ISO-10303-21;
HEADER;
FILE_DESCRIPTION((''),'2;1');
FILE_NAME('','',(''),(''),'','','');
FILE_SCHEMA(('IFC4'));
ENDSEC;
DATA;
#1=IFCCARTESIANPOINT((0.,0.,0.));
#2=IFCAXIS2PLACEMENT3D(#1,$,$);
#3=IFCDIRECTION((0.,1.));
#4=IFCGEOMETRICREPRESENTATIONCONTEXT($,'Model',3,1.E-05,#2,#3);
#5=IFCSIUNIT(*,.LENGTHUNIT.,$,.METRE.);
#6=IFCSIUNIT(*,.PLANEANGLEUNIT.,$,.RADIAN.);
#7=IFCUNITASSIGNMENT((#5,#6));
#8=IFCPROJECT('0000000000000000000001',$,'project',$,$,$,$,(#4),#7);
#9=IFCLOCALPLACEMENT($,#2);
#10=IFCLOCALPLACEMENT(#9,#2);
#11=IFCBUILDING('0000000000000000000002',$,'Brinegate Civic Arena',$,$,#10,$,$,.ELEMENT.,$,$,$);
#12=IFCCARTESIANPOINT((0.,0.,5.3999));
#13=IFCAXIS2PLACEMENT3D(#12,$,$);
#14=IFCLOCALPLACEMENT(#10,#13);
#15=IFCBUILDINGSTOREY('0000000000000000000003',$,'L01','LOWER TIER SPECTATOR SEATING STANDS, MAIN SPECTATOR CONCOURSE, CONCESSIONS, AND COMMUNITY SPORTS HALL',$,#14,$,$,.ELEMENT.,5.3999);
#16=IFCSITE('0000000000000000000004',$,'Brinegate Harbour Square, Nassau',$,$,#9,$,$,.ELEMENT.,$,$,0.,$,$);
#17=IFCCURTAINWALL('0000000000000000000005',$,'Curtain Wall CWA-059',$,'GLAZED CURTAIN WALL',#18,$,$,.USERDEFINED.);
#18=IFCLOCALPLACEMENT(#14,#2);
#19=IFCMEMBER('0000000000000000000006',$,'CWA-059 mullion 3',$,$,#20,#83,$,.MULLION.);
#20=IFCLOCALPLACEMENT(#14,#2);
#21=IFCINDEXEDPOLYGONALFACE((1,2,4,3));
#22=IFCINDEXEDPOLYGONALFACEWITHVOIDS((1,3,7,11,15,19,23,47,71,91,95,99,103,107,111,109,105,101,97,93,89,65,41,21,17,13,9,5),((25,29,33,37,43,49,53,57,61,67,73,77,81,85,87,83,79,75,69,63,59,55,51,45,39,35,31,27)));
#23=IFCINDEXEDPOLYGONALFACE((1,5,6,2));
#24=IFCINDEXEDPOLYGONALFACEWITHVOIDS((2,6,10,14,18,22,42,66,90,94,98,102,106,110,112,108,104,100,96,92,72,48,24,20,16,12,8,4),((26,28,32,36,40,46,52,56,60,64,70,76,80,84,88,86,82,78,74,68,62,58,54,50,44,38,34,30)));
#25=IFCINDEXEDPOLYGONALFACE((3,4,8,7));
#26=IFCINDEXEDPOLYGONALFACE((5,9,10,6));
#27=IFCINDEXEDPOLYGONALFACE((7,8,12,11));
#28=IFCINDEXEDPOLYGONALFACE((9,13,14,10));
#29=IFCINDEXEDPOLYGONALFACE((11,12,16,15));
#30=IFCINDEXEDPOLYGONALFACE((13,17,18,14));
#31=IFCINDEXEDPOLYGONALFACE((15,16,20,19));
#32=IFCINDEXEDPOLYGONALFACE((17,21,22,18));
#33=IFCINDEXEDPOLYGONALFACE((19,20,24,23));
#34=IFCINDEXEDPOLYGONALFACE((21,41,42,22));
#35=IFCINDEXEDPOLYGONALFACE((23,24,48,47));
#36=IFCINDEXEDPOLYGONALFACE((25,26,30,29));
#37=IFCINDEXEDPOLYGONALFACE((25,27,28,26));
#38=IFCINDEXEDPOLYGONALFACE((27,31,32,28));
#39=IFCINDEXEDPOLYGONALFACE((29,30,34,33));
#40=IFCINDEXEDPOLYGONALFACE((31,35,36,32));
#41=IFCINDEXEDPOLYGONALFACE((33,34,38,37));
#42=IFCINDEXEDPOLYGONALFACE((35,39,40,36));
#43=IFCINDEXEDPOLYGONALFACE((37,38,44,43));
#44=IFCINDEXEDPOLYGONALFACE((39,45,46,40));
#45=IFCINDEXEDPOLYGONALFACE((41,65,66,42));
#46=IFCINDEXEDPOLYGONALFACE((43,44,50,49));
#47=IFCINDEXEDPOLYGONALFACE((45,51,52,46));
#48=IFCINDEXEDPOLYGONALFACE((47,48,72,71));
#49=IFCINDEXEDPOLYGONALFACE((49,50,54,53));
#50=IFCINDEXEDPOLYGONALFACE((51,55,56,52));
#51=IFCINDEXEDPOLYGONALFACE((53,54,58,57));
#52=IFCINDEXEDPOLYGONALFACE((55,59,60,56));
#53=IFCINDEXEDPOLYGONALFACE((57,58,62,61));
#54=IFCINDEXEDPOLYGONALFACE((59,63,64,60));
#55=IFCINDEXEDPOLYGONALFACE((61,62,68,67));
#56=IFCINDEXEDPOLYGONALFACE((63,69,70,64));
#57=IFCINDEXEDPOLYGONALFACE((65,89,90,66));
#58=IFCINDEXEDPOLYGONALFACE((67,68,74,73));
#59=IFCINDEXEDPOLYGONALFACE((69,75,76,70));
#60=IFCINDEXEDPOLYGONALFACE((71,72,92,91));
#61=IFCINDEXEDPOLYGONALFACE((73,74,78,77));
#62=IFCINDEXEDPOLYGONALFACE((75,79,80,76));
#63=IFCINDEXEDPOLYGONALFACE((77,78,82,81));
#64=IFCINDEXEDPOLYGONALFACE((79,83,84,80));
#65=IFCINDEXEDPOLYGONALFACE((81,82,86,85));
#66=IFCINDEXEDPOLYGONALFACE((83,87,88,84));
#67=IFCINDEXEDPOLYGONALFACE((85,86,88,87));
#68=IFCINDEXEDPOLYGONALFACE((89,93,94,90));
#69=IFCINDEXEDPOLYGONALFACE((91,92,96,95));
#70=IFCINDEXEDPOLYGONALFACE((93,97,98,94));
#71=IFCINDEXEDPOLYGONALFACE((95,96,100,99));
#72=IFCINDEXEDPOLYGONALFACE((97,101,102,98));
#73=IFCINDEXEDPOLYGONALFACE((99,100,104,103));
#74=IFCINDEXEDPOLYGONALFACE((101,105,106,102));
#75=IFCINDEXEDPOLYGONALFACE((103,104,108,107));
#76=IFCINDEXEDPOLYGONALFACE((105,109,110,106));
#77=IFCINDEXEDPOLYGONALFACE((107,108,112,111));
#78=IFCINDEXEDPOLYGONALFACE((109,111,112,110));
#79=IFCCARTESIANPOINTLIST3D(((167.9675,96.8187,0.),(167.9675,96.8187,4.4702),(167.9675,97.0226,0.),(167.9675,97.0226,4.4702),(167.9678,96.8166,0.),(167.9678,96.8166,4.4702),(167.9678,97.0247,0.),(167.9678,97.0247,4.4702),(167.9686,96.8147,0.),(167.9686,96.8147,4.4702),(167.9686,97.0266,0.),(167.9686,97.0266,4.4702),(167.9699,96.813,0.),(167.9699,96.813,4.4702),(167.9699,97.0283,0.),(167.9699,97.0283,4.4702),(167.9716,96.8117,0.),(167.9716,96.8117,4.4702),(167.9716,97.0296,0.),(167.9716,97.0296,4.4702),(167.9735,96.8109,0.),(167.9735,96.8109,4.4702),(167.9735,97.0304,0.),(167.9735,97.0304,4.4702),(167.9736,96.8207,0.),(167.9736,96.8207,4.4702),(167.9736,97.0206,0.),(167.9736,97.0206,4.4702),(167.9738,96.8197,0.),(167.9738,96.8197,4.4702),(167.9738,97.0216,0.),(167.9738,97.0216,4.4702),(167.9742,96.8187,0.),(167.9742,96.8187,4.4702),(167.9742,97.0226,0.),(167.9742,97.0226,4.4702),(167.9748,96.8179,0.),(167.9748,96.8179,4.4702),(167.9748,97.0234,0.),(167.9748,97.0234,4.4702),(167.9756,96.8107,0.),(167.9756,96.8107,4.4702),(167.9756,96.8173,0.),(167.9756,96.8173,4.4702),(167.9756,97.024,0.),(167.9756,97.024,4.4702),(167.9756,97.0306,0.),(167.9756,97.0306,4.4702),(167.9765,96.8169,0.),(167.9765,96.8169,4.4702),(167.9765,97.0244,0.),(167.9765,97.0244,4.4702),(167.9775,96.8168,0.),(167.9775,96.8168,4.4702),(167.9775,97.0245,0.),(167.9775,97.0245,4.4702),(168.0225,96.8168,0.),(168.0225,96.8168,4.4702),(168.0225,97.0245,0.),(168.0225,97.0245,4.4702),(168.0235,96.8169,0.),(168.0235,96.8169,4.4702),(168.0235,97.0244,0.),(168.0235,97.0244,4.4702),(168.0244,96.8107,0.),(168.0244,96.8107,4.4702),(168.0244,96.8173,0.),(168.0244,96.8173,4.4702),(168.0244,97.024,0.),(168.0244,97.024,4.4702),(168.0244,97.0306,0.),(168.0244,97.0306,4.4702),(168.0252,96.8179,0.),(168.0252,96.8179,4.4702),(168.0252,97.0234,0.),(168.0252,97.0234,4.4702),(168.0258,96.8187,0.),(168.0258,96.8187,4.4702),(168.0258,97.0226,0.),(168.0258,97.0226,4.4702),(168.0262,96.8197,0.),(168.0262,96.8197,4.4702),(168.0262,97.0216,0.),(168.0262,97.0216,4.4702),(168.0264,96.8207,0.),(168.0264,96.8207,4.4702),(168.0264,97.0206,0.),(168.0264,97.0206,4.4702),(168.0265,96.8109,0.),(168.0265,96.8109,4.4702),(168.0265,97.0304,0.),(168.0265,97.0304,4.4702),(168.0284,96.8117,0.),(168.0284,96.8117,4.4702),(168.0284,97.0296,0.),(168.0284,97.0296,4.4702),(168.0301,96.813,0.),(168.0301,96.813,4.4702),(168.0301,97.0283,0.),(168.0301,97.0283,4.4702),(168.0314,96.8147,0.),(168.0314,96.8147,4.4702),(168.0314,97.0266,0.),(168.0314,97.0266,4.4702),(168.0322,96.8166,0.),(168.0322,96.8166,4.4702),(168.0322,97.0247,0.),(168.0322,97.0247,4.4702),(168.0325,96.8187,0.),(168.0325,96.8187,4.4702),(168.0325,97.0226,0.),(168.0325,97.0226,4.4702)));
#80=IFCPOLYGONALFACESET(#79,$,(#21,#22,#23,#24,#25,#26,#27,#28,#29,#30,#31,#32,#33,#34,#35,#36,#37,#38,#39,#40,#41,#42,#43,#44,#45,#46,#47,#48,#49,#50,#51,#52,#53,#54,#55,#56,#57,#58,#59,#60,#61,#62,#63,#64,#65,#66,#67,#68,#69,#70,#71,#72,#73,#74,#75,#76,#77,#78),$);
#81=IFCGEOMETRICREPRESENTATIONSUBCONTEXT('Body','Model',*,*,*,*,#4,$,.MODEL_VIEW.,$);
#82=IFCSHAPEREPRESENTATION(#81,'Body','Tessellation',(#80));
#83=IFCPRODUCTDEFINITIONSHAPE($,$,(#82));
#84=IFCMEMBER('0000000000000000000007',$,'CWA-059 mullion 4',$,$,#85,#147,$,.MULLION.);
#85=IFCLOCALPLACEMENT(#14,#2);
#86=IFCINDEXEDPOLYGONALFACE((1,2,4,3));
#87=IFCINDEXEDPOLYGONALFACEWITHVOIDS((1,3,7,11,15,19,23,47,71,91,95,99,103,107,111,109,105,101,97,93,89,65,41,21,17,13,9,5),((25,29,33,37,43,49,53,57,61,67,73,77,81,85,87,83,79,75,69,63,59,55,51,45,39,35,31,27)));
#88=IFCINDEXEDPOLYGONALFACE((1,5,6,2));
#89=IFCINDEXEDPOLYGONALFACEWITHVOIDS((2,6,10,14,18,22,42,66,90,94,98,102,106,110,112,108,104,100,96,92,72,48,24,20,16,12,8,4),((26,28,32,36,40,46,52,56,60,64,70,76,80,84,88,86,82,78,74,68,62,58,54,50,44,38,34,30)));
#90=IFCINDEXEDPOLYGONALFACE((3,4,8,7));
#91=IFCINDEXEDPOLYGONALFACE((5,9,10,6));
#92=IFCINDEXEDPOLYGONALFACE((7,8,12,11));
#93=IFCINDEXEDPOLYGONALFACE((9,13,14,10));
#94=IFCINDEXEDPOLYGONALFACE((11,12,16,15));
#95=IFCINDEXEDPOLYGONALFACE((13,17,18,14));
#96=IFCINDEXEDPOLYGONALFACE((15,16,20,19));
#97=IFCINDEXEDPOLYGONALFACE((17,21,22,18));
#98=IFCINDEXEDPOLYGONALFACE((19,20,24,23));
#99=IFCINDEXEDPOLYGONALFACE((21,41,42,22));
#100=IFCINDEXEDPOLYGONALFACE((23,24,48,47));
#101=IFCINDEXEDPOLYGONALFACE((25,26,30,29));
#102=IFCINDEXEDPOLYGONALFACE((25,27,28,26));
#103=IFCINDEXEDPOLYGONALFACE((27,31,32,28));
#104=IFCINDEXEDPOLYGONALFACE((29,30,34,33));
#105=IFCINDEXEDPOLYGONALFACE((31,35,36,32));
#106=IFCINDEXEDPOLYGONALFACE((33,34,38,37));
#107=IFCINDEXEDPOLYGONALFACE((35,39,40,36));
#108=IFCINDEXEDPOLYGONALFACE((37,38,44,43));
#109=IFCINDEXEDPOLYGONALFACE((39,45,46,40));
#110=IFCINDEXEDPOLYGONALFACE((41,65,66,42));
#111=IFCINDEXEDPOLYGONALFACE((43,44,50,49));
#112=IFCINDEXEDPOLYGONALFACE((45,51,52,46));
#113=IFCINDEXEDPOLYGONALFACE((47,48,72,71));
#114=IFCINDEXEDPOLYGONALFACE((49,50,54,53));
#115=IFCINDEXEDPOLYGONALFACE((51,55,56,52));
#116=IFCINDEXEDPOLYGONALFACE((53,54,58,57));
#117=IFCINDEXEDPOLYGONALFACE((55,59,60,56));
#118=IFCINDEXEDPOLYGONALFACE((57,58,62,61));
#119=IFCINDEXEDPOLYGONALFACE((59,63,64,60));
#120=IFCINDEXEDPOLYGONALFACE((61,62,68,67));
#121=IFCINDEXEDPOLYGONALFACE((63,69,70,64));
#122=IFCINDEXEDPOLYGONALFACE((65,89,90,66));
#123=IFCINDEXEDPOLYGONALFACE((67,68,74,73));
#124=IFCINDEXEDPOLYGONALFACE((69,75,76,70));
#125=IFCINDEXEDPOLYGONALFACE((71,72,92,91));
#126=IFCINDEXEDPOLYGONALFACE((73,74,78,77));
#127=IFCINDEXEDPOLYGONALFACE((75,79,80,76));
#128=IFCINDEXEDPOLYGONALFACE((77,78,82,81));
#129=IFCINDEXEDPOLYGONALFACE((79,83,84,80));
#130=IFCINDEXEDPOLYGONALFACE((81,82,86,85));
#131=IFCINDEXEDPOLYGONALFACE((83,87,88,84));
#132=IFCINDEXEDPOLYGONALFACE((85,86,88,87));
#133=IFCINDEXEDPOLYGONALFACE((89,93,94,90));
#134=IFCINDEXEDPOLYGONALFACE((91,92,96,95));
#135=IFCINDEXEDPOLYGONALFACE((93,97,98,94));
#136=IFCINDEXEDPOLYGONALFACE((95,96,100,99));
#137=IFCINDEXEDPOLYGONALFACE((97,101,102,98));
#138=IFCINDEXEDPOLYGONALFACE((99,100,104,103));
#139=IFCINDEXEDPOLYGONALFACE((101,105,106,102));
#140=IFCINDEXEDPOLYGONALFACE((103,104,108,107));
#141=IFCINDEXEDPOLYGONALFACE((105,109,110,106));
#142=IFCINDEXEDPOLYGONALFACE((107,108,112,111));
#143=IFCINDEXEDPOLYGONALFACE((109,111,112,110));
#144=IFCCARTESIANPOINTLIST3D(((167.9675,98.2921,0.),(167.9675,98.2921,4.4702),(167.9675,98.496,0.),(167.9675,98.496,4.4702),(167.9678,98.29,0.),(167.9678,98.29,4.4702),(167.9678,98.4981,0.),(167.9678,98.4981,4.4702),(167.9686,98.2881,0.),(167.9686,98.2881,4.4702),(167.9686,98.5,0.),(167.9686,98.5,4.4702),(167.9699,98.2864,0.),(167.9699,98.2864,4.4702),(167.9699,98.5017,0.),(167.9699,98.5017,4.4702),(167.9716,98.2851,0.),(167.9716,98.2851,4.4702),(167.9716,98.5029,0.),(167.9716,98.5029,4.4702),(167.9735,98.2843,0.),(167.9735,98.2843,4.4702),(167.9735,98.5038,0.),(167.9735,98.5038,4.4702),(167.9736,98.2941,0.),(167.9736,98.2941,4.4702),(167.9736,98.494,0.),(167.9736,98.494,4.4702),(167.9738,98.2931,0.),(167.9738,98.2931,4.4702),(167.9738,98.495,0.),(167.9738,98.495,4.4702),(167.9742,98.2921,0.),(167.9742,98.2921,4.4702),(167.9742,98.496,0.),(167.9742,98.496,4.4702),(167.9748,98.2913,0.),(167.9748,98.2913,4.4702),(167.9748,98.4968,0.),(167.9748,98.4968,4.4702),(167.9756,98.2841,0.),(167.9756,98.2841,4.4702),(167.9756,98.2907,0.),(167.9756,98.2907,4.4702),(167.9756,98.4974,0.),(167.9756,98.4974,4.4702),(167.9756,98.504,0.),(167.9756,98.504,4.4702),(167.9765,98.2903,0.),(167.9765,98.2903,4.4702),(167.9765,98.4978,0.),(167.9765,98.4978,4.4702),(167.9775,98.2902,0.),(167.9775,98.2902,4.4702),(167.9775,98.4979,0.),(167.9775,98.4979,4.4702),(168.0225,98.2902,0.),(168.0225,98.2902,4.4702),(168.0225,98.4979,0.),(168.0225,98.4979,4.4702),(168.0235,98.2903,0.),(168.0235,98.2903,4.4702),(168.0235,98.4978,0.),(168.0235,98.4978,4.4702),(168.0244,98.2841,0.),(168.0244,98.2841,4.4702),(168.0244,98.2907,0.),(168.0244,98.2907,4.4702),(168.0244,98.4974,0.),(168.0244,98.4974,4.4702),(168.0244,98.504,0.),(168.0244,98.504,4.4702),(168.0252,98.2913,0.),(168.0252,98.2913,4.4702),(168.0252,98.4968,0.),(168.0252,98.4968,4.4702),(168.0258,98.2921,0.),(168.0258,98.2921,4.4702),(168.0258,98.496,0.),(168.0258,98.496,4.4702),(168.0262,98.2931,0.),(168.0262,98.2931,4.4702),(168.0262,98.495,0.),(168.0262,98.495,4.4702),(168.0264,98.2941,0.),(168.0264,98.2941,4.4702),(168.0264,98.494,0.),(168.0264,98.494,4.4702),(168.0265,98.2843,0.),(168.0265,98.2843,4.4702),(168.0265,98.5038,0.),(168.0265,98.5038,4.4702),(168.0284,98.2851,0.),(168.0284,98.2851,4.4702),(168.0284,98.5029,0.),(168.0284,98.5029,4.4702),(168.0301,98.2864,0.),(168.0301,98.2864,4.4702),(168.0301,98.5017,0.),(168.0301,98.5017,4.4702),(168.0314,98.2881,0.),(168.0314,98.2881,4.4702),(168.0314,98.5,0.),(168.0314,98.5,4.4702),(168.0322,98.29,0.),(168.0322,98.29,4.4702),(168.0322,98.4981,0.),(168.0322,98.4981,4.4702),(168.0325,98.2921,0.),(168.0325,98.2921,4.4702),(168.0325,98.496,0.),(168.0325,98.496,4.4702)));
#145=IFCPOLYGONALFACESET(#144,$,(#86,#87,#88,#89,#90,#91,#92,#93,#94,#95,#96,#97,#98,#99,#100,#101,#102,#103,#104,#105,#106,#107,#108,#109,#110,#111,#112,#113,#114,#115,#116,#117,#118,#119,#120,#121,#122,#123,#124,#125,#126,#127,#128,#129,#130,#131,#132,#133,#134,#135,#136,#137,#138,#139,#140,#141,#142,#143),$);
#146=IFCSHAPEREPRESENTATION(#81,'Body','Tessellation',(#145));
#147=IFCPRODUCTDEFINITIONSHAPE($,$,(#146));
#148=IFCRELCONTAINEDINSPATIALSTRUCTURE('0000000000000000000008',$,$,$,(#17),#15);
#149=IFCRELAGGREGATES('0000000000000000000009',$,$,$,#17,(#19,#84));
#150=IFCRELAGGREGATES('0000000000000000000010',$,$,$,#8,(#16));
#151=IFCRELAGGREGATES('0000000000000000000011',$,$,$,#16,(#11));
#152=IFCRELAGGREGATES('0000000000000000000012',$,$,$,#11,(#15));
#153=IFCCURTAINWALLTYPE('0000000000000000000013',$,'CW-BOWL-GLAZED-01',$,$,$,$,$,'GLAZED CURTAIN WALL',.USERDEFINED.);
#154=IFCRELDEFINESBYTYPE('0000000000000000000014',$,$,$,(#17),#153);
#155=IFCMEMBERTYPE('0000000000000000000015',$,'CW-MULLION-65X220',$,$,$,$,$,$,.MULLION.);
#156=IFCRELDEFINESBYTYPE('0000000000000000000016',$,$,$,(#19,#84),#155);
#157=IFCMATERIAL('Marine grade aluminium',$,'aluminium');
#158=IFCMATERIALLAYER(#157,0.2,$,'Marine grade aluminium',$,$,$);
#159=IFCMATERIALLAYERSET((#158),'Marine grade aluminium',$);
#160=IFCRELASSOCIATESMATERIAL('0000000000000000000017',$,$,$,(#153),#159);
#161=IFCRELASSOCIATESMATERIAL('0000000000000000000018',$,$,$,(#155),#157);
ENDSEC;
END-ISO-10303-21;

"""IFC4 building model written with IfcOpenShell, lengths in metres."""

from ifc_helpers import new_model, si_unit, direction, frame, origin, origin_2d, place, context, subcontext, project, spatial, hollow_rectangle, extrude, material, layer, layer_set, material_profile, profile_set, type_object, element, aggregate, save


model = new_model("IFC4")

# Units and contexts
model_context = context("Model", 3, precision=1e-05, world=origin(), true_north=direction((0.0, 1.0)))
body_context = subcontext(model_context, "Body", "Model", "MODEL_VIEW")
ifc_project = project(units=[si_unit("LENGTHUNIT", "METRE"), si_unit("PLANEANGLEUNIT", "RADIAN")], contexts=[model_context])

# Site, building, storey
site_placement = place(None, origin())
site = spatial("IfcSite", under=ifc_project, at=site_placement, Name="Brinegate Harbour Square, Nassau", CompositionType="ELEMENT", RefElevation=0.0)
building_placement = place(site_placement, origin())
building = spatial("IfcBuilding", under=site, at=building_placement, Name="Brinegate Civic Arena", CompositionType="ELEMENT")
storey_placement = place(building_placement, frame((0.0, 0.0, 5.3999)))
storey = spatial("IfcBuildingStorey", under=building, at=storey_placement, Name="L01", Description="LOWER TIER SPECTATOR SEATING STANDS, MAIN SPECTATOR CONCOURSE, CONCESSIONS, AND COMMUNITY SPORTS HALL", CompositionType="ELEMENT", Elevation=5.3999)

# Curtain wall, members
ifc_material_1 = material(Name="Marine grade aluminium", Category="aluminium")
ifc_layer_1 = layer(ifc_material_1, 0.2, Name="Marine grade aluminium")
ifc_layer_set_1 = layer_set([ifc_layer_1], Name="Marine grade aluminium")
curtain_wall_type = type_object("IfcCurtainWallType", Name="CW-BOWL-GLAZED-01", ElementType="GLAZED CURTAIN WALL", PredefinedType="USERDEFINED", material=ifc_layer_set_1)
curtain_wall_placement = place(storey_placement, origin())
curtain_wall = element("IfcCurtainWall", 1, at=curtain_wall_placement, inside=storey, type_object=curtain_wall_type, Name="Curtain Wall CWA-059", ObjectType="GLAZED CURTAIN WALL", PredefinedType="USERDEFINED")
ifc_material_profile_1 = material_profile(ifc_material_1, hollow_rectangle(XDim=0.0649, YDim=0.22, WallThickness=0.0061, InnerFilletRadius=0.0039, OuterFilletRadius=0.0081, at=origin_2d()), Name="MUL65X220")
ifc_profile_set_1 = profile_set([ifc_material_profile_1], Name="Marine grade aluminium")
member_type_1 = type_object("IfcMemberType", Name="CW-MULLION-65X220", PredefinedType="MULLION", material=ifc_profile_set_1)
member_1_placement = place(storey_placement, frame((168.0, 96.9207, 0.0), z_axis=(0.0, 0.0, 1.0), x_axis=(-1.0, 0.0, 0.0)))
member_1 = element("IfcMember", 2, at=member_1_placement, type_object=member_type_1, Name="CWA-059 mullion 3", PredefinedType="MULLION", context=body_context, shape_type="SweptSolid", body=[
    extrude(hollow_rectangle(XDim=0.0649, YDim=0.22, WallThickness=0.0061, InnerFilletRadius=0.0039, OuterFilletRadius=0.0081, at=origin_2d()), origin(), (0.0, 0.0, 1.0), 4.4702),
])
member_2_placement = place(storey_placement, frame((168.0, 98.394, 0.0), z_axis=(0.0, 0.0, 1.0), x_axis=(-1.0, 0.0, 0.0)))
member_2 = element("IfcMember", 3, at=member_2_placement, type_object=member_type_1, Name="CWA-059 mullion 4", PredefinedType="MULLION", context=body_context, shape_type="SweptSolid", body=[
    extrude(hollow_rectangle(XDim=0.0649, YDim=0.22, WallThickness=0.0061, InnerFilletRadius=0.0039, OuterFilletRadius=0.0081, at=origin_2d()), origin(), (0.0, 0.0, 1.0), 4.4702),
])
aggregate(curtain_wall, [member_1, member_2])

save(model, "model.ifc")
